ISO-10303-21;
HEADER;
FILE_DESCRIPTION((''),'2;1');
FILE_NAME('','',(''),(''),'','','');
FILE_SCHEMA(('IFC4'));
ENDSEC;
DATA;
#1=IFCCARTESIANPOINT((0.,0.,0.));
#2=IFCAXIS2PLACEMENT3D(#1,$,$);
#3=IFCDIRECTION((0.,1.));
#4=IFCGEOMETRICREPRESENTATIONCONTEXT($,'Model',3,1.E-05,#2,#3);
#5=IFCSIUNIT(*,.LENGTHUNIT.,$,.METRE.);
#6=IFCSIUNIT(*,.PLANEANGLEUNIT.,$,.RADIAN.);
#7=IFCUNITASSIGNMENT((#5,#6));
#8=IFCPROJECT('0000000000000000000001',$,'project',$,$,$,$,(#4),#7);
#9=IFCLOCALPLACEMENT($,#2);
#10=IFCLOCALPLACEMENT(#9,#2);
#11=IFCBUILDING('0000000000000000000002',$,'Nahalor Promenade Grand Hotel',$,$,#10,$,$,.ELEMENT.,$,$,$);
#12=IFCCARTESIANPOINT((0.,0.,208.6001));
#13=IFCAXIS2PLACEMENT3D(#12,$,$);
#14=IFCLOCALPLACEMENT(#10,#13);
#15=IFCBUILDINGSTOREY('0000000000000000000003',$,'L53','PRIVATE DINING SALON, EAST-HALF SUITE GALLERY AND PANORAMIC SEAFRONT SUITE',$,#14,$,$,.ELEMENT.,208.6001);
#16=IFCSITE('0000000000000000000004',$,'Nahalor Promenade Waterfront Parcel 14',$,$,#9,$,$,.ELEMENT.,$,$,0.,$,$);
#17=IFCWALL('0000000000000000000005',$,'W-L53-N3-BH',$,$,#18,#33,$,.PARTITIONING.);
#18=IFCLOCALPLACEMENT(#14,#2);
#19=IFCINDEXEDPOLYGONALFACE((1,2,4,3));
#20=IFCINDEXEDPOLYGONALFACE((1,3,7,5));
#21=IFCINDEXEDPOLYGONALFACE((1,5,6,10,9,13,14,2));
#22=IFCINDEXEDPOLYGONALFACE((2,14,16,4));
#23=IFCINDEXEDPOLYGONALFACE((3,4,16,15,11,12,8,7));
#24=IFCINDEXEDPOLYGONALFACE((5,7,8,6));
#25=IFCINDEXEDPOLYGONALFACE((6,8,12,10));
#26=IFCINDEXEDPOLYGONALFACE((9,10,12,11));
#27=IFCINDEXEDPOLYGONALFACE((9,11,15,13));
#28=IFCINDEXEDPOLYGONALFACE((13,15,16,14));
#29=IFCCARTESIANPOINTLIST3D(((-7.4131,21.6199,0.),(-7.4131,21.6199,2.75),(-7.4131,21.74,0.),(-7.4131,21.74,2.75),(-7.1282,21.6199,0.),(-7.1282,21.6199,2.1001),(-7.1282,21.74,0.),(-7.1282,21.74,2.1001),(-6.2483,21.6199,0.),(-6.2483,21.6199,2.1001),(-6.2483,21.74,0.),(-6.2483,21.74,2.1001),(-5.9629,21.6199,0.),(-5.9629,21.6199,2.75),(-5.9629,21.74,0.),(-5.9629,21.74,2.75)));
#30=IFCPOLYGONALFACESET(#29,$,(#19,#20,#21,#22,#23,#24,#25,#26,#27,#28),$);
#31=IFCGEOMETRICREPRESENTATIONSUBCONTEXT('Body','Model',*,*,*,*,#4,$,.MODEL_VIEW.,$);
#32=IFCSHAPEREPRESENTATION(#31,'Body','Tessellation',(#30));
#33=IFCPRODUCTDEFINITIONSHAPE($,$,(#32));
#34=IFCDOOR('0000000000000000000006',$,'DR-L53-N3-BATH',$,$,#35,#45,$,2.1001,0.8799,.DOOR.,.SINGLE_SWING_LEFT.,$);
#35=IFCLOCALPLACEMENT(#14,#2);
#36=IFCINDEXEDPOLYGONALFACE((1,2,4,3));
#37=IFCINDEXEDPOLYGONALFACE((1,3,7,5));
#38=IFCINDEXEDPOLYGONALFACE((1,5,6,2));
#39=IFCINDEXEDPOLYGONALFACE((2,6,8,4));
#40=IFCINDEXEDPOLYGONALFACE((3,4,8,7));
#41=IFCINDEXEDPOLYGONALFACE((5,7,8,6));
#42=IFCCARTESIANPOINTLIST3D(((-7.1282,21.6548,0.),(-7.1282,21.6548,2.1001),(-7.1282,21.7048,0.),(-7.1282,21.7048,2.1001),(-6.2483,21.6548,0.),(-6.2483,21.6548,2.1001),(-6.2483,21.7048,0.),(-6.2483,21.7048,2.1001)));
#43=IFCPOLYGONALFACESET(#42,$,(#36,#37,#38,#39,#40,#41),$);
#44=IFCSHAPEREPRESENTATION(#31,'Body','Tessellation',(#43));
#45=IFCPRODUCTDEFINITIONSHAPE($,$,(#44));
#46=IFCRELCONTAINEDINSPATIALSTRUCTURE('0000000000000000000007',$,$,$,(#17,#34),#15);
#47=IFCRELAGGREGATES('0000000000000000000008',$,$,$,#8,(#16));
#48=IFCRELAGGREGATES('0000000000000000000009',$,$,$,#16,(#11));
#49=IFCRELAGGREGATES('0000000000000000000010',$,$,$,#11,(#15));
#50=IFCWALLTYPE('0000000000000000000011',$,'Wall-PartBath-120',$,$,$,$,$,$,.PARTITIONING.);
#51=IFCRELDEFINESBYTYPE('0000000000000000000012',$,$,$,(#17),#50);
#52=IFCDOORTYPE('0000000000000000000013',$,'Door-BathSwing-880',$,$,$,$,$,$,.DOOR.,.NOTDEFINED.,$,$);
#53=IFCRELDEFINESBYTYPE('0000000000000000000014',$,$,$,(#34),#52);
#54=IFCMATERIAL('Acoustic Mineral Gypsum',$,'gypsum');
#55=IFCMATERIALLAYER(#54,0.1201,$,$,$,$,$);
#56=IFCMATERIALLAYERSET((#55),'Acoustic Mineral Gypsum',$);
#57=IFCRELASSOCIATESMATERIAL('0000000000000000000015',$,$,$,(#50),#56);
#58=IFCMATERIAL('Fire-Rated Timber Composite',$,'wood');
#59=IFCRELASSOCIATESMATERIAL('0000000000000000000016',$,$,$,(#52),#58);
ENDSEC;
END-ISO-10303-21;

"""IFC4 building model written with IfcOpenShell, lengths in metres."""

from ifc_helpers import new_model, si_unit, direction, frame, frame_2d, origin, place, context, subcontext, project, spatial, rectangle, extrude, source, transform, mapped, material, layer, layer_set, type_object, element, fill, save


model = new_model("IFC4")

# Units and contexts
model_context = context("Model", 3, precision=1e-05, world=origin(), true_north=direction((0.0, 1.0)))
body_context = subcontext(model_context, "Body", "Model", "MODEL_VIEW")
ifc_project = project(units=[si_unit("LENGTHUNIT", "METRE"), si_unit("PLANEANGLEUNIT", "RADIAN")], contexts=[model_context])

# Site, building, storey
site_placement = place(None, origin())
site = spatial("IfcSite", under=ifc_project, at=site_placement, Name="Nahalor Promenade Waterfront Parcel 14", CompositionType="ELEMENT", RefElevation=0.0)
building_placement = place(site_placement, origin())
building = spatial("IfcBuilding", under=site, at=building_placement, Name="Nahalor Promenade Grand Hotel", CompositionType="ELEMENT")
storey_placement = place(building_placement, frame((0.0, 0.0, 208.6001)))
storey = spatial("IfcBuildingStorey", under=building, at=storey_placement, Name="L53", Description="PRIVATE DINING SALON, EAST-HALF SUITE GALLERY AND PANORAMIC SEAFRONT SUITE", CompositionType="ELEMENT", Elevation=208.6001)

# Shared definitions
ifc_material_1 = material(Name="Acoustic Mineral Gypsum", Category="gypsum")
ifc_layer_1 = layer(ifc_material_1, 0.1201)
ifc_layer_set_1 = layer_set([ifc_layer_1], Name="Acoustic Mineral Gypsum")
wall_type = type_object("IfcWallType", Name="Wall-PartBath-120", PredefinedType="PARTITIONING", material=ifc_layer_set_1)
ifc_material_2 = material(Name="Fire-Rated Timber Composite", Category="wood")
door_type = type_object("IfcDoorType", Name="Door-BathSwing-880", OperationType="NOTDEFINED", PredefinedType="DOOR", material=ifc_material_2)
shared_shape_1 = source(origin(), body_context, "Body", "SweptSolid", [
    extrude(rectangle(XDim=0.8799, YDim=2.1001, at=frame_2d((0.4399, 1.05))), frame((0.0, 0.0249, 0.0), z_axis=(0.0, -1.0, 0.0), x_axis=(1.0, 0.0, 0.0)), (0.0, 0.0, 1.0), 0.05),
])

# Wall, opening, door
shared_shape_2 = source(origin(), body_context, "Body", "SweptSolid", [
    extrude(rectangle(XDim=1.4502, YDim=0.1201, at=frame_2d((0.7251, 0.0))), origin(), (0.0, 0.0, 1.0), 2.75),
])
wall_1_placement = place(storey_placement, frame((-7.4131, 21.6799, 0.0), z_axis=(0.0, 0.0, 1.0), x_axis=(1.0, 0.0, 0.0)))
wall_1 = element("IfcWall", 1, at=wall_1_placement, inside=storey, type_object=wall_type, Name="W-L53-N3-BH", PredefinedType="PARTITIONING", context=body_context, shape_type="MappedRepresentation", body=[
    mapped(shared_shape_2, transform((0.0, 0.0, 0.0), scale=1.0)),
])
opening_1_placement = place(wall_1_placement, frame((0.2849, 0.0, 0.0)))
opening_1 = element("IfcOpeningElement", 2, at=opening_1_placement, cuts=wall_1, PredefinedType="OPENING", context=body_context, shape_type="SweptSolid", body=[
    extrude(rectangle(XDim=0.8799, YDim=2.1001, at=frame_2d((0.4399, 1.05))), frame((0.0, 0.0701, 0.0), z_axis=(0.0, -1.0, 0.0), x_axis=(1.0, 0.0, 0.0)), (0.0, 0.0, 1.0), 0.1401),
])
door_1_placement = place(opening_1_placement, origin())
door_1 = element("IfcDoor", 3, at=door_1_placement, inside=storey, type_object=door_type, Name="DR-L53-N3-BATH", OperationType="SINGLE_SWING_LEFT", OverallHeight=2.1001, OverallWidth=0.8799, PredefinedType="DOOR", context=body_context, shape_type="MappedRepresentation", body=[
    mapped(shared_shape_1, transform((0.0, 0.0, 0.0), scale=1.0)),
])
fill(opening_1, door_1)

save(model, "model.ifc")
